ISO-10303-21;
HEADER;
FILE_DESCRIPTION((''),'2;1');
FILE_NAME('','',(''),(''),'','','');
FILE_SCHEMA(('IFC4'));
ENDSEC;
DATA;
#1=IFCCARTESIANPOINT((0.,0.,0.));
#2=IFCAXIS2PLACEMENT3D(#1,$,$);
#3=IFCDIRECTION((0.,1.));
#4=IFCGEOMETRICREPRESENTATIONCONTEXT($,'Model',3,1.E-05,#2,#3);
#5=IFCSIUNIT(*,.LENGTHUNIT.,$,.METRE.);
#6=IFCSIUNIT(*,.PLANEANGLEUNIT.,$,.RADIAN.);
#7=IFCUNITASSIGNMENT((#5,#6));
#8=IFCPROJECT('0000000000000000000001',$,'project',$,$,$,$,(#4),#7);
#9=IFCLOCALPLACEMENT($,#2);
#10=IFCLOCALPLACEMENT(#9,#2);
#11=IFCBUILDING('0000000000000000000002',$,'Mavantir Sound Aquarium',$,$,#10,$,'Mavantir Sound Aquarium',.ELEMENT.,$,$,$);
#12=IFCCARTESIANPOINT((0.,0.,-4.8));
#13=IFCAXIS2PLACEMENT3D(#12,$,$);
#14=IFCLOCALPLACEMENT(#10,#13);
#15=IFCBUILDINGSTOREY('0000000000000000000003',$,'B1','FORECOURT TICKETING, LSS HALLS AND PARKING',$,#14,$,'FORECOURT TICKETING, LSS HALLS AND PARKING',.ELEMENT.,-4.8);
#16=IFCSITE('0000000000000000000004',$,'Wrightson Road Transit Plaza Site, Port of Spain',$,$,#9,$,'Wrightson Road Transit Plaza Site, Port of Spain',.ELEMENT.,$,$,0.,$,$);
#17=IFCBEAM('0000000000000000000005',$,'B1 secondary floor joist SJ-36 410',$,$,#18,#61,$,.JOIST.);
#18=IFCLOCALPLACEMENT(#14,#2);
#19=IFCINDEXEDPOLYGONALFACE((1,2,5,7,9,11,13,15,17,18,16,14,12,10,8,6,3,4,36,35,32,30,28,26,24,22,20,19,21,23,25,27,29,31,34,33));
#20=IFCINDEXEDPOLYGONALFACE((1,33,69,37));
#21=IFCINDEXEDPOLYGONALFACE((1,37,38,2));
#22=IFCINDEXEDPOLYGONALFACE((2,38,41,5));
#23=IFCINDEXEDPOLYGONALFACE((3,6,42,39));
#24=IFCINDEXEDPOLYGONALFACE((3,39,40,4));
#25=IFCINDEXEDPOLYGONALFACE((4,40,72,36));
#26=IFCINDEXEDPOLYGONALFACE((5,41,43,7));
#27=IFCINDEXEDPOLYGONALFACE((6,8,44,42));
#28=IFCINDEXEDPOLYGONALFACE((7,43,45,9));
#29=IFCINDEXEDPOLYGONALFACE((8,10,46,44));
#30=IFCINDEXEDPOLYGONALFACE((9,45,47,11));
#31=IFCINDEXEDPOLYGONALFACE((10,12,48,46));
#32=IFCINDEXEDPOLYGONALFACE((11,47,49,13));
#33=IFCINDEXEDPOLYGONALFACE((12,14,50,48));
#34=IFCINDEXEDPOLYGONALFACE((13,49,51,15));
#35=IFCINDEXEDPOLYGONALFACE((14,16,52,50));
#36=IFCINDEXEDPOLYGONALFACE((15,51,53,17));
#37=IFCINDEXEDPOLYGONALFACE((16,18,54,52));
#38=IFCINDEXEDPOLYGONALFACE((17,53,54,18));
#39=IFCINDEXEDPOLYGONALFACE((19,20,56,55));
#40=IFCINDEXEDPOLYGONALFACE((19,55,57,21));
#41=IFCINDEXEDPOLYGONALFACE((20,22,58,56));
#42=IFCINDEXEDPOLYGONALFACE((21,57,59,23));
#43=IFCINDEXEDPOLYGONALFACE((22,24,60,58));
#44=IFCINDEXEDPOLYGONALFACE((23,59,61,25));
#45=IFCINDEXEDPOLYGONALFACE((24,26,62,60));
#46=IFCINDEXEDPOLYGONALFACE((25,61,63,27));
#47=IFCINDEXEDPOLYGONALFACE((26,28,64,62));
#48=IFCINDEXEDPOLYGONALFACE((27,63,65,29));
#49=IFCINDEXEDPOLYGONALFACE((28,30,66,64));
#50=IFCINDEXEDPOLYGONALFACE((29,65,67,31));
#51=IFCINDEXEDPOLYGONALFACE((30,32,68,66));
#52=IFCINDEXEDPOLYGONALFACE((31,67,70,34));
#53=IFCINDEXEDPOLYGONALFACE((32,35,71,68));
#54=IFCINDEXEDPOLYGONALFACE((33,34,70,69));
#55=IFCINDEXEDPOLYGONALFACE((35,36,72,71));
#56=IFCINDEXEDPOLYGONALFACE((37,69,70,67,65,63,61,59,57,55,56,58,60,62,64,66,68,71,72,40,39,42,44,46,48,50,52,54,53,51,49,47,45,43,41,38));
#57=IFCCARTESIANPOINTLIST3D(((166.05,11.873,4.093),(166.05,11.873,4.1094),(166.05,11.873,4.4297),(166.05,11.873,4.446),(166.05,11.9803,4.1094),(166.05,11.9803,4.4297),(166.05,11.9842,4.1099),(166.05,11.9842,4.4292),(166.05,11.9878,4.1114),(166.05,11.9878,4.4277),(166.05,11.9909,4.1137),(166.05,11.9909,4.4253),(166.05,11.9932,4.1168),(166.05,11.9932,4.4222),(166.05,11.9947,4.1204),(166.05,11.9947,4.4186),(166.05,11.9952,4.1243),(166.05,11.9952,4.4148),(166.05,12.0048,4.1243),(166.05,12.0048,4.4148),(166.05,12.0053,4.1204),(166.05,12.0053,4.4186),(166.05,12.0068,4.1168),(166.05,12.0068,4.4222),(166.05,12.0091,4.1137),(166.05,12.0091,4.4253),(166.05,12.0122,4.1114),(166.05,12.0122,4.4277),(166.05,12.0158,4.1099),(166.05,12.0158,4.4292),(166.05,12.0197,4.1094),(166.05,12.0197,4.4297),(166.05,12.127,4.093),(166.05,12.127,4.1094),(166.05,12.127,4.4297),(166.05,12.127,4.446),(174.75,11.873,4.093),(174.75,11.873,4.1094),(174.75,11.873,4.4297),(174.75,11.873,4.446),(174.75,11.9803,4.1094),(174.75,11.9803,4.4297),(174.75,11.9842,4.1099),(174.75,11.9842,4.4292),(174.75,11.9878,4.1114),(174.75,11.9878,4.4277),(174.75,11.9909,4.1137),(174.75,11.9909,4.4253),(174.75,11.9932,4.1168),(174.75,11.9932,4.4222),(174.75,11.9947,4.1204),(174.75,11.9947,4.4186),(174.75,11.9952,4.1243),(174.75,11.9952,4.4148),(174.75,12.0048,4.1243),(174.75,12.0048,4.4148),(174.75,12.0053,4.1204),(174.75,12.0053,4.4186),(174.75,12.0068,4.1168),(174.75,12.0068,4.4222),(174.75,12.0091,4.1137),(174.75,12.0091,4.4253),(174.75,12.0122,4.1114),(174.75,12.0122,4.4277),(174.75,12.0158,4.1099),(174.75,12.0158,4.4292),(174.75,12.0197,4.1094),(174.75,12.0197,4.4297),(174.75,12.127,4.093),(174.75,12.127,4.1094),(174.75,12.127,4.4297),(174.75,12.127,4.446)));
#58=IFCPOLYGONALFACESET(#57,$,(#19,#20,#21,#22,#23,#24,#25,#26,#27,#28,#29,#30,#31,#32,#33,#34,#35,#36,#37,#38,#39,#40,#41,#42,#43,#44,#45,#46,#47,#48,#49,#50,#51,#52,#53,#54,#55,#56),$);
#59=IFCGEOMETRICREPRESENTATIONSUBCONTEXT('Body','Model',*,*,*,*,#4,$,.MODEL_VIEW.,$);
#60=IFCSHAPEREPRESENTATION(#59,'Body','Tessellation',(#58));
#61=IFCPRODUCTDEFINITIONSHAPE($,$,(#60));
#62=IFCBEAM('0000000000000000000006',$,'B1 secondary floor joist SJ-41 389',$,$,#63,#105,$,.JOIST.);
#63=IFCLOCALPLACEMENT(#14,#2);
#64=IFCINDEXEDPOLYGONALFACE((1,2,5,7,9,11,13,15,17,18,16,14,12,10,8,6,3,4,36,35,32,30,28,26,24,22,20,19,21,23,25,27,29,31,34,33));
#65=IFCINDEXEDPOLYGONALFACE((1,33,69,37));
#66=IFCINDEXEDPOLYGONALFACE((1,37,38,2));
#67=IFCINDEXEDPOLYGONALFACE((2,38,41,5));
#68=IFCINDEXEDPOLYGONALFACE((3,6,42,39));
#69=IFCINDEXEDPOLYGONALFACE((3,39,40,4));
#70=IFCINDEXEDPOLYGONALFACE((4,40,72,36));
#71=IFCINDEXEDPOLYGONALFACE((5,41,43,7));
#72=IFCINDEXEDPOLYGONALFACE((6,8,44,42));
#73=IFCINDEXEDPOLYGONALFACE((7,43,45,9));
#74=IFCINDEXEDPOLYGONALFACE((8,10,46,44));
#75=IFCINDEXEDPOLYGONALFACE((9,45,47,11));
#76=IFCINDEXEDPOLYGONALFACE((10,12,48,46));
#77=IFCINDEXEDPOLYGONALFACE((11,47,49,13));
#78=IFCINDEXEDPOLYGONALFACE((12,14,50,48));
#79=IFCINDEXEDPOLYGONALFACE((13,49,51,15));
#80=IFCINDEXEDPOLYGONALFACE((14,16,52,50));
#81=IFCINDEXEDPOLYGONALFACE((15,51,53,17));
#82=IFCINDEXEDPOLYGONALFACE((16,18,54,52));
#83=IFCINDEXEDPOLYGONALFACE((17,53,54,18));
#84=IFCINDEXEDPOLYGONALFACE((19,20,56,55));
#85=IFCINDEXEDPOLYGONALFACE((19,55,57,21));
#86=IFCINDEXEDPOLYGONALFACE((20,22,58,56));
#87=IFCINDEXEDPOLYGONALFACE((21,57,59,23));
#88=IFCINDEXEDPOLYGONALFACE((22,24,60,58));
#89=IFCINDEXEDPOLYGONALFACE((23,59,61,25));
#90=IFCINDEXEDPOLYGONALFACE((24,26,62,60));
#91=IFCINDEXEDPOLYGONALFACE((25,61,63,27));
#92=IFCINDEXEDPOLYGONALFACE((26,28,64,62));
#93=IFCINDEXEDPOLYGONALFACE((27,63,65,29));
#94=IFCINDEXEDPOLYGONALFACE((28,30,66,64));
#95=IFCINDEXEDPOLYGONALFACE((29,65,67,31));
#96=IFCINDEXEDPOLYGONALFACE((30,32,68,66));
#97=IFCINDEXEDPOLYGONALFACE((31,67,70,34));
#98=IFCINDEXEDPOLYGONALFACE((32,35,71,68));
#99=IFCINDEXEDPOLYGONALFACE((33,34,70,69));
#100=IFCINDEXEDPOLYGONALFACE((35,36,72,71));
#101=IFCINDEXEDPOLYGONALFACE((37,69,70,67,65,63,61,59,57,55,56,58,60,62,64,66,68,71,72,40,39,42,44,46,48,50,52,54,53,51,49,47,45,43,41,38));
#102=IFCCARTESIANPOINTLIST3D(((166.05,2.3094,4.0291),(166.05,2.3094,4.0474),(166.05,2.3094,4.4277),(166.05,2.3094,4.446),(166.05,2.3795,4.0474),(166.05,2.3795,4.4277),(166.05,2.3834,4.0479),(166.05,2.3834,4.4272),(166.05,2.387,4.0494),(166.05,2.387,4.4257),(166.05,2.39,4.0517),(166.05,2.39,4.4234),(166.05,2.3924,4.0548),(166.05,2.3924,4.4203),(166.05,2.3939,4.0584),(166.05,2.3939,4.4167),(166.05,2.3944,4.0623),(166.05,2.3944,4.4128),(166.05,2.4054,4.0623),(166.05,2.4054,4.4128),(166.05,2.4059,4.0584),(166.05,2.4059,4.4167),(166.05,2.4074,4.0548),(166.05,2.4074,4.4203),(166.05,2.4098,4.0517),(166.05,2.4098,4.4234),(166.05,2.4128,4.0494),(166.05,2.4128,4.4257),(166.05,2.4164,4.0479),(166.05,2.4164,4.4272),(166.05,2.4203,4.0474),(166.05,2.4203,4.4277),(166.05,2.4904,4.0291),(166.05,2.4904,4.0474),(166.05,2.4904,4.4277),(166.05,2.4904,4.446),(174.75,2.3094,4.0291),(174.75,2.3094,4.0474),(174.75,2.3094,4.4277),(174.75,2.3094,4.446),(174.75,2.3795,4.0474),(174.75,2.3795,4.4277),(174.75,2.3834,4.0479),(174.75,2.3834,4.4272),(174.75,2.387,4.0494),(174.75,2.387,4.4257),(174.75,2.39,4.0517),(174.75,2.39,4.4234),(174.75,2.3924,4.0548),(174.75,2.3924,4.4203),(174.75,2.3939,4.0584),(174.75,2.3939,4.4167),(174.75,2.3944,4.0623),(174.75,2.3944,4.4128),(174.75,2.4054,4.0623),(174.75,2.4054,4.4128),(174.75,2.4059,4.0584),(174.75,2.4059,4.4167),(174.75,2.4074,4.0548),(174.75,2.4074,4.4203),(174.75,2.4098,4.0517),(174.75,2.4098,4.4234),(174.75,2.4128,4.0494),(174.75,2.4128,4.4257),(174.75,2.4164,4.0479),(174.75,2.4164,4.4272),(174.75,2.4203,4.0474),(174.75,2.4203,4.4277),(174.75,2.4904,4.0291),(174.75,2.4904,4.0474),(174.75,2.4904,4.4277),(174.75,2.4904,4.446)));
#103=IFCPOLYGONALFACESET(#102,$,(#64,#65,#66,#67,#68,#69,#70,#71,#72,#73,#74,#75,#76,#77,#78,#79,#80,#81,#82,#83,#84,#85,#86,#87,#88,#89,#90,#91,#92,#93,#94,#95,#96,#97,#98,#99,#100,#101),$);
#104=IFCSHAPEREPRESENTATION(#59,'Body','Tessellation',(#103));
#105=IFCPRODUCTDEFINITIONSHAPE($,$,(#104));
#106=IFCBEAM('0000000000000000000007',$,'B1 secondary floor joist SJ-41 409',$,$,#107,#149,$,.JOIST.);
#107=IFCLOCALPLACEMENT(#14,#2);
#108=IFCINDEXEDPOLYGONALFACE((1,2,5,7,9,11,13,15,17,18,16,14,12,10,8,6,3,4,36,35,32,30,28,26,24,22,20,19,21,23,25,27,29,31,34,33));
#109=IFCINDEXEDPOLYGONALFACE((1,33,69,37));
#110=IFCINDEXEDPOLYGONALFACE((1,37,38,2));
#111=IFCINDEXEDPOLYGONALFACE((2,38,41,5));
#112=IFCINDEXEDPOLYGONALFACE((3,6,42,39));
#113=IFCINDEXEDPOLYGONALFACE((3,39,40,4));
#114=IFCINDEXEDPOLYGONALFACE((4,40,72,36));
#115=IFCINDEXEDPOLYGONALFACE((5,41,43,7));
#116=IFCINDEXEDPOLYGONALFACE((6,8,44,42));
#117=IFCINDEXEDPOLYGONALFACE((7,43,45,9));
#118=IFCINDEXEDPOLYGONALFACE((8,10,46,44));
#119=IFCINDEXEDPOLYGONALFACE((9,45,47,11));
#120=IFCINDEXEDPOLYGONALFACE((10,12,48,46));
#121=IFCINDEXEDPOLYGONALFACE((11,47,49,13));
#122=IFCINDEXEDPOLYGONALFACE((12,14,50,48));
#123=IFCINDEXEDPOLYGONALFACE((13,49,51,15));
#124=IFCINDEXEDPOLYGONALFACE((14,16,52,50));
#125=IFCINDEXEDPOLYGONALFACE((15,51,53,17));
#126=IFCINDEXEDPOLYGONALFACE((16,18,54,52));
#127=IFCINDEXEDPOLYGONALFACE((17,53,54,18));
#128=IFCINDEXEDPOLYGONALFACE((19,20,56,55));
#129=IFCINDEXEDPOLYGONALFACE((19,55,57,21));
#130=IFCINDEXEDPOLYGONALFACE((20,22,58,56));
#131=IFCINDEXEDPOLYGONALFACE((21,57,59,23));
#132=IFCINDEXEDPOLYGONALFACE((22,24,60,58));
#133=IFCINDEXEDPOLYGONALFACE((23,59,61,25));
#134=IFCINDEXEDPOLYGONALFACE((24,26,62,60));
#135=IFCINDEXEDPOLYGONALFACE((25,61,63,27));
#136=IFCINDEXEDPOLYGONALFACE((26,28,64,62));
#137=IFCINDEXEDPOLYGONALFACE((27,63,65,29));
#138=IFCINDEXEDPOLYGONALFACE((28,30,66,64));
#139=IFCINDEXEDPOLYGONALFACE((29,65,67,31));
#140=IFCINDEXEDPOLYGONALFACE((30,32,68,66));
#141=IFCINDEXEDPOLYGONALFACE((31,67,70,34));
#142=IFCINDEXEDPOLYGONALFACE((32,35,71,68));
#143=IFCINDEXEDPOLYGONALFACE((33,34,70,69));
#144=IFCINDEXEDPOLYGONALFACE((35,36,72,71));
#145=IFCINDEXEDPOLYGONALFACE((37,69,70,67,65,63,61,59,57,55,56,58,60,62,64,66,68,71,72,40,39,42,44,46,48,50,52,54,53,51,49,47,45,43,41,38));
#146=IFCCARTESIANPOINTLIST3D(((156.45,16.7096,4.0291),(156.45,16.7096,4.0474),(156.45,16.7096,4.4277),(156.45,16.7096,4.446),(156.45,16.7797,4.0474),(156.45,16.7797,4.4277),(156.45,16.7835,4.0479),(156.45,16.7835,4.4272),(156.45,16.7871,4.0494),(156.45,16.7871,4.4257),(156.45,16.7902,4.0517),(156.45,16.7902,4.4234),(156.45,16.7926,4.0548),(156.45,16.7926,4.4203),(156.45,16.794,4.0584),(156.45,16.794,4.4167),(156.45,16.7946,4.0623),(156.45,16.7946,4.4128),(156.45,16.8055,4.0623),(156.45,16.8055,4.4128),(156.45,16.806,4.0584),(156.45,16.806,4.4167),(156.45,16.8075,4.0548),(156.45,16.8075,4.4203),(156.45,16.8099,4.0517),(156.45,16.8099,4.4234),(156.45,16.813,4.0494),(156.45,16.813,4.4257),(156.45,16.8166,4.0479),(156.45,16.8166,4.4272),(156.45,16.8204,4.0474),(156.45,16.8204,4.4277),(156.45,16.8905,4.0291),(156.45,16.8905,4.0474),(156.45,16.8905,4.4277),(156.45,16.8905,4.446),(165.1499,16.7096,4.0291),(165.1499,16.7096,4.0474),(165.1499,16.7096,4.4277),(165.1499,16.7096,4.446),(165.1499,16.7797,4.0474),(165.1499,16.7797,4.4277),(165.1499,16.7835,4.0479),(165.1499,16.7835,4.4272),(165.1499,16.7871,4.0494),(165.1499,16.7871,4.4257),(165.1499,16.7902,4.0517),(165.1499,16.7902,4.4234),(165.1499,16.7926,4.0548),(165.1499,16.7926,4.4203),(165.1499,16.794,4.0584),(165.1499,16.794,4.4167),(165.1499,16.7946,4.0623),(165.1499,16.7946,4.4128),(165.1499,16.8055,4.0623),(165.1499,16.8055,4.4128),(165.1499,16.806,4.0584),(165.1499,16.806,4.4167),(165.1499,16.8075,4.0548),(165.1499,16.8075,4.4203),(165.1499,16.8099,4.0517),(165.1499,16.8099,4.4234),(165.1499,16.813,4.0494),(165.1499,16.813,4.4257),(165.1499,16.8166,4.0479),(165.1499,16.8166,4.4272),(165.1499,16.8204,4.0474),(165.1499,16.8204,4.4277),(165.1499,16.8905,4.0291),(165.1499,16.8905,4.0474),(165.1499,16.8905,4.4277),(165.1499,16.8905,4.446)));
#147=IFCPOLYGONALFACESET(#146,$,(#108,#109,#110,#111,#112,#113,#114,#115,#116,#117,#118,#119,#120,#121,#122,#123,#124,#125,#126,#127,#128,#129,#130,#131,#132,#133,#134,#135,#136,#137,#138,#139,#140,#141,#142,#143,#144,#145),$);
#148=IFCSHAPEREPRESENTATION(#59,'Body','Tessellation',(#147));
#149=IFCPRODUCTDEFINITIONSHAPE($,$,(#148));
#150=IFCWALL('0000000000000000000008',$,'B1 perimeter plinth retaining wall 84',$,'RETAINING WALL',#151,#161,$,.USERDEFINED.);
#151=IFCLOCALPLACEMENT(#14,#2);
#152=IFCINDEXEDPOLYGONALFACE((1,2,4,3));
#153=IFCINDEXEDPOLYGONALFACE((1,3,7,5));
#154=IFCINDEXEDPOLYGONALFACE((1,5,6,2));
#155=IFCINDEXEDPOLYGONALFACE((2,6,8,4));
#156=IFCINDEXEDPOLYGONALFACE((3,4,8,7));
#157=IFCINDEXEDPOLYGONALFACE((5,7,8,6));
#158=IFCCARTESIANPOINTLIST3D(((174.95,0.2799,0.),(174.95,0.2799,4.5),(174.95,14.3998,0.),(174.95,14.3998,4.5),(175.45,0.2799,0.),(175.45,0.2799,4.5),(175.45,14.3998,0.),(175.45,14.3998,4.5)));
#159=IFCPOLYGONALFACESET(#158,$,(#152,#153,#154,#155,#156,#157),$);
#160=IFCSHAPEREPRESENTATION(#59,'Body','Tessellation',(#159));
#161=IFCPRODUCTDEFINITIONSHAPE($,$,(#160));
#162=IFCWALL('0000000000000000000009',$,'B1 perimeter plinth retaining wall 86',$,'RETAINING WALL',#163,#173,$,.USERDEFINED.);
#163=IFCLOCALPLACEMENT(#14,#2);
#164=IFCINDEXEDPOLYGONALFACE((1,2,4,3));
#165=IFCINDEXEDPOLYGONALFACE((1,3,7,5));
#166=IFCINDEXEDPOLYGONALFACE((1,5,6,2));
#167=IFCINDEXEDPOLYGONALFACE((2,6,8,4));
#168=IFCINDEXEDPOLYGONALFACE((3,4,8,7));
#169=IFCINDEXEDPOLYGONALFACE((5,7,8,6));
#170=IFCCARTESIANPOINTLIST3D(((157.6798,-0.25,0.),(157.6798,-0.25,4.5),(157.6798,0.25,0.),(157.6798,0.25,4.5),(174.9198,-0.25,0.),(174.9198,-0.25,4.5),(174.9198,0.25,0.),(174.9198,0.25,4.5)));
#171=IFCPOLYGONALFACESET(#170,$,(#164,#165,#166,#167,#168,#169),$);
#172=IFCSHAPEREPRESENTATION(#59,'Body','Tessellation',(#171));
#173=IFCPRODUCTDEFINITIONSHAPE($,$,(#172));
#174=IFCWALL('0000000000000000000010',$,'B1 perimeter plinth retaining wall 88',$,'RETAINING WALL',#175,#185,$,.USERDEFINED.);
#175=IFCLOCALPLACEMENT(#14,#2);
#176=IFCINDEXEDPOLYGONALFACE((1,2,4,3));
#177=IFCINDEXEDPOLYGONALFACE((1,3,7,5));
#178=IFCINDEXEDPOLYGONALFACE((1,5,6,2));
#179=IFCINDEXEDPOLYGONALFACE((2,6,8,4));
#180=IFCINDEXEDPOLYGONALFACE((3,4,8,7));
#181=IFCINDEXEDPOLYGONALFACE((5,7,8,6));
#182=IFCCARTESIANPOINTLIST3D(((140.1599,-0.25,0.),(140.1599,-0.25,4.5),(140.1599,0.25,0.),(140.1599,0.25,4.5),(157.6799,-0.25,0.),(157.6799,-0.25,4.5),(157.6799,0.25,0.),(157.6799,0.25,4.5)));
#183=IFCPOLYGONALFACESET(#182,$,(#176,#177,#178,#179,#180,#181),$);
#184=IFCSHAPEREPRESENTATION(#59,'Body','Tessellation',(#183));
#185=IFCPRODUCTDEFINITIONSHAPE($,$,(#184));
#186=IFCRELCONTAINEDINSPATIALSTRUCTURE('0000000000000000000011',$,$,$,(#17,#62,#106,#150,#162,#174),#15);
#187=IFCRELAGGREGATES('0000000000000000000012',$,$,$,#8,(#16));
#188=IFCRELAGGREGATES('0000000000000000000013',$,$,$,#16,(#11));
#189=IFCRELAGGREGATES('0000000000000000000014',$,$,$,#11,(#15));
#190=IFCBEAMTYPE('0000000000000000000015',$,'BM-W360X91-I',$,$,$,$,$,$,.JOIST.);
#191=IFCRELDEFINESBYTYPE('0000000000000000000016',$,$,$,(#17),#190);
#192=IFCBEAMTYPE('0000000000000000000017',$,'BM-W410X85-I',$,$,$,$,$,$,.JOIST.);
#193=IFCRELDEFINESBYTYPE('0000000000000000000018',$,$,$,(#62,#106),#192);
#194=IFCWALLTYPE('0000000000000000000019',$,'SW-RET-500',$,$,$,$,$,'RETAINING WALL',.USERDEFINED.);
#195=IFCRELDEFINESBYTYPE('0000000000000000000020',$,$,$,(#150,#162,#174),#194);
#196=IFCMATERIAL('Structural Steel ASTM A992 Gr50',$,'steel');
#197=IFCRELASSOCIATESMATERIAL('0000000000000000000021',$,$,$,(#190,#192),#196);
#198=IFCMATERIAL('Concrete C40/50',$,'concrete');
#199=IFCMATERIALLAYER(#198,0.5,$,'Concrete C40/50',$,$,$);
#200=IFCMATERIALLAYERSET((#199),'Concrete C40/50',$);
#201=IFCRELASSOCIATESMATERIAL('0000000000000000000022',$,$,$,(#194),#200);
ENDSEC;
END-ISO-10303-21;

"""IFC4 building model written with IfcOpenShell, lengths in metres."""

from ifc_helpers import new_model, si_unit, direction, frame, frame_2d, origin, origin_2d, place, context, subcontext, project, spatial, rectangle, i_section, extrude, material, layer, layer_set, material_profile, profile_set, type_object, element, save


model = new_model("IFC4")

# Units and contexts
model_context = context("Model", 3, precision=1e-05, world=origin(), true_north=direction((0.0, 1.0)))
body_context = subcontext(model_context, "Body", "Model", "MODEL_VIEW")
ifc_project = project(units=[si_unit("LENGTHUNIT", "METRE"), si_unit("PLANEANGLEUNIT", "RADIAN")], contexts=[model_context])

# Site, building, storey
site_placement = place(None, origin())
site = spatial("IfcSite", under=ifc_project, at=site_placement, Name="Wrightson Road Transit Plaza Site, Port of Spain", LongName="Wrightson Road Transit Plaza Site, Port of Spain", CompositionType="ELEMENT", RefElevation=0.0)
building_placement = place(site_placement, origin())
building = spatial("IfcBuilding", under=site, at=building_placement, Name="Mavantir Sound Aquarium", LongName="Mavantir Sound Aquarium", CompositionType="ELEMENT")
storey_placement = place(building_placement, frame((0.0, 0.0, -4.8)))
storey = spatial("IfcBuildingStorey", under=building, at=storey_placement, Name="B1", Description="FORECOURT TICKETING, LSS HALLS AND PARKING", LongName="FORECOURT TICKETING, LSS HALLS AND PARKING", CompositionType="ELEMENT", Elevation=-4.8)

# Shared definitions
ifc_material_1 = material(Name="Concrete C40/50", Category="concrete")

# Beams
ifc_material_2 = material(Name="Structural Steel ASTM A992 Gr50", Category="steel")
ifc_material_profile_1 = material_profile(ifc_material_2, i_section(OverallWidth=0.2539, OverallDepth=0.353, WebThickness=0.0095, FlangeThickness=0.0164, FilletRadius=0.0149, at=origin_2d()), Name="W360X91")
ifc_profile_set_1 = profile_set([ifc_material_profile_1], Name="Structural Steel ASTM A992 Gr50")
beam_type_1 = type_object("IfcBeamType", Name="BM-W360X91-I", PredefinedType="JOIST", material=ifc_profile_set_1)
for number, where, z_axis, x_axis, name in (
    (1, (166.05, 12.0, 4.2695), (1.0, 0.0, 0.0), (0.0, 1.0, 0.0), "B1 secondary floor joist SJ-36 410"),
):
    element("IfcBeam", number, at=place(storey_placement, frame(where, z_axis=z_axis, x_axis=x_axis)), inside=storey, type_object=beam_type_1, Name=name, PredefinedType="JOIST", context=body_context, shape_type="SweptSolid", body=[
        extrude(i_section(OverallWidth=0.2539, OverallDepth=0.353, WebThickness=0.0095, FlangeThickness=0.0164, FilletRadius=0.0149, at=origin_2d()), origin(), (0.0, 0.0, 1.0), 8.7),
    ])
ifc_material_profile_2 = material_profile(ifc_material_2, i_section(OverallWidth=0.1809, OverallDepth=0.417, WebThickness=0.011, FlangeThickness=0.0183, FilletRadius=0.0149, at=origin_2d()), Name="W410X85")
ifc_profile_set_2 = profile_set([ifc_material_profile_2], Name="Structural Steel ASTM A992 Gr50")
beam_type_2 = type_object("IfcBeamType", Name="BM-W410X85-I", PredefinedType="JOIST", material=ifc_profile_set_2)
for number, where, z_axis, x_axis, name in (
    (2, (166.05, 2.3999, 4.2375), (1.0, 0.0, 0.0), (0.0, 1.0, 0.0), "B1 secondary floor joist SJ-41 389"),
    (3, (156.45, 16.8, 4.2375), (1.0, 0.0, 0.0), (0.0, 1.0, 0.0), "B1 secondary floor joist SJ-41 409"),
):
    element("IfcBeam", number, at=place(storey_placement, frame(where, z_axis=z_axis, x_axis=x_axis)), inside=storey, type_object=beam_type_2, Name=name, PredefinedType="JOIST", context=body_context, shape_type="SweptSolid", body=[
        extrude(i_section(OverallWidth=0.1809, OverallDepth=0.417, WebThickness=0.011, FlangeThickness=0.0183, FilletRadius=0.0149, at=origin_2d()), origin(), (0.0, 0.0, 1.0), 8.7),
    ])

# Walls
ifc_layer = layer(ifc_material_1, 0.5, Name="Concrete C40/50")
ifc_layer_set = layer_set([ifc_layer], Name="Concrete C40/50")
wall_type = type_object("IfcWallType", Name="SW-RET-500", ElementType="RETAINING WALL", PredefinedType="USERDEFINED", material=ifc_layer_set)
wall_1_placement = place(storey_placement, frame((175.2, 14.3999, 0.0), z_axis=(0.0, 0.0, 1.0), x_axis=(0.0, -1.0, 0.0)))
element("IfcWall", 4, at=wall_1_placement, inside=storey, type_object=wall_type, Name="B1 perimeter plinth retaining wall 84", ObjectType="RETAINING WALL", PredefinedType="USERDEFINED", context=body_context, shape_type="SweptSolid", body=[
    extrude(rectangle(XDim=14.1199, YDim=0.5, at=frame_2d((7.0601, 0.0))), origin(), (0.0, 0.0, 1.0), 4.5),
])
wall_2_placement = place(storey_placement, frame((174.9199, 0.0, 0.0), z_axis=(0.0, 0.0, 1.0), x_axis=(-1.0, 0.0, 0.0)))
element("IfcWall", 5, at=wall_2_placement, inside=storey, type_object=wall_type, Name="B1 perimeter plinth retaining wall 86", ObjectType="RETAINING WALL", PredefinedType="USERDEFINED", context=body_context, shape_type="SweptSolid", body=[
    extrude(rectangle(XDim=17.24, YDim=0.5, at=frame_2d((8.6201, 0.0))), origin(), (0.0, 0.0, 1.0), 4.5),
])
wall_3_placement = place(storey_placement, frame((157.6799, 0.0, 0.0), z_axis=(0.0, 0.0, 1.0), x_axis=(-1.0, 0.0, 0.0)))
element("IfcWall", 6, at=wall_3_placement, inside=storey, type_object=wall_type, Name="B1 perimeter plinth retaining wall 88", ObjectType="RETAINING WALL", PredefinedType="USERDEFINED", context=body_context, shape_type="SweptSolid", body=[
    extrude(rectangle(XDim=17.52, YDim=0.5, at=frame_2d((8.76, 0.0))), origin(), (0.0, 0.0, 1.0), 4.5),
])

save(model, "model.ifc")
